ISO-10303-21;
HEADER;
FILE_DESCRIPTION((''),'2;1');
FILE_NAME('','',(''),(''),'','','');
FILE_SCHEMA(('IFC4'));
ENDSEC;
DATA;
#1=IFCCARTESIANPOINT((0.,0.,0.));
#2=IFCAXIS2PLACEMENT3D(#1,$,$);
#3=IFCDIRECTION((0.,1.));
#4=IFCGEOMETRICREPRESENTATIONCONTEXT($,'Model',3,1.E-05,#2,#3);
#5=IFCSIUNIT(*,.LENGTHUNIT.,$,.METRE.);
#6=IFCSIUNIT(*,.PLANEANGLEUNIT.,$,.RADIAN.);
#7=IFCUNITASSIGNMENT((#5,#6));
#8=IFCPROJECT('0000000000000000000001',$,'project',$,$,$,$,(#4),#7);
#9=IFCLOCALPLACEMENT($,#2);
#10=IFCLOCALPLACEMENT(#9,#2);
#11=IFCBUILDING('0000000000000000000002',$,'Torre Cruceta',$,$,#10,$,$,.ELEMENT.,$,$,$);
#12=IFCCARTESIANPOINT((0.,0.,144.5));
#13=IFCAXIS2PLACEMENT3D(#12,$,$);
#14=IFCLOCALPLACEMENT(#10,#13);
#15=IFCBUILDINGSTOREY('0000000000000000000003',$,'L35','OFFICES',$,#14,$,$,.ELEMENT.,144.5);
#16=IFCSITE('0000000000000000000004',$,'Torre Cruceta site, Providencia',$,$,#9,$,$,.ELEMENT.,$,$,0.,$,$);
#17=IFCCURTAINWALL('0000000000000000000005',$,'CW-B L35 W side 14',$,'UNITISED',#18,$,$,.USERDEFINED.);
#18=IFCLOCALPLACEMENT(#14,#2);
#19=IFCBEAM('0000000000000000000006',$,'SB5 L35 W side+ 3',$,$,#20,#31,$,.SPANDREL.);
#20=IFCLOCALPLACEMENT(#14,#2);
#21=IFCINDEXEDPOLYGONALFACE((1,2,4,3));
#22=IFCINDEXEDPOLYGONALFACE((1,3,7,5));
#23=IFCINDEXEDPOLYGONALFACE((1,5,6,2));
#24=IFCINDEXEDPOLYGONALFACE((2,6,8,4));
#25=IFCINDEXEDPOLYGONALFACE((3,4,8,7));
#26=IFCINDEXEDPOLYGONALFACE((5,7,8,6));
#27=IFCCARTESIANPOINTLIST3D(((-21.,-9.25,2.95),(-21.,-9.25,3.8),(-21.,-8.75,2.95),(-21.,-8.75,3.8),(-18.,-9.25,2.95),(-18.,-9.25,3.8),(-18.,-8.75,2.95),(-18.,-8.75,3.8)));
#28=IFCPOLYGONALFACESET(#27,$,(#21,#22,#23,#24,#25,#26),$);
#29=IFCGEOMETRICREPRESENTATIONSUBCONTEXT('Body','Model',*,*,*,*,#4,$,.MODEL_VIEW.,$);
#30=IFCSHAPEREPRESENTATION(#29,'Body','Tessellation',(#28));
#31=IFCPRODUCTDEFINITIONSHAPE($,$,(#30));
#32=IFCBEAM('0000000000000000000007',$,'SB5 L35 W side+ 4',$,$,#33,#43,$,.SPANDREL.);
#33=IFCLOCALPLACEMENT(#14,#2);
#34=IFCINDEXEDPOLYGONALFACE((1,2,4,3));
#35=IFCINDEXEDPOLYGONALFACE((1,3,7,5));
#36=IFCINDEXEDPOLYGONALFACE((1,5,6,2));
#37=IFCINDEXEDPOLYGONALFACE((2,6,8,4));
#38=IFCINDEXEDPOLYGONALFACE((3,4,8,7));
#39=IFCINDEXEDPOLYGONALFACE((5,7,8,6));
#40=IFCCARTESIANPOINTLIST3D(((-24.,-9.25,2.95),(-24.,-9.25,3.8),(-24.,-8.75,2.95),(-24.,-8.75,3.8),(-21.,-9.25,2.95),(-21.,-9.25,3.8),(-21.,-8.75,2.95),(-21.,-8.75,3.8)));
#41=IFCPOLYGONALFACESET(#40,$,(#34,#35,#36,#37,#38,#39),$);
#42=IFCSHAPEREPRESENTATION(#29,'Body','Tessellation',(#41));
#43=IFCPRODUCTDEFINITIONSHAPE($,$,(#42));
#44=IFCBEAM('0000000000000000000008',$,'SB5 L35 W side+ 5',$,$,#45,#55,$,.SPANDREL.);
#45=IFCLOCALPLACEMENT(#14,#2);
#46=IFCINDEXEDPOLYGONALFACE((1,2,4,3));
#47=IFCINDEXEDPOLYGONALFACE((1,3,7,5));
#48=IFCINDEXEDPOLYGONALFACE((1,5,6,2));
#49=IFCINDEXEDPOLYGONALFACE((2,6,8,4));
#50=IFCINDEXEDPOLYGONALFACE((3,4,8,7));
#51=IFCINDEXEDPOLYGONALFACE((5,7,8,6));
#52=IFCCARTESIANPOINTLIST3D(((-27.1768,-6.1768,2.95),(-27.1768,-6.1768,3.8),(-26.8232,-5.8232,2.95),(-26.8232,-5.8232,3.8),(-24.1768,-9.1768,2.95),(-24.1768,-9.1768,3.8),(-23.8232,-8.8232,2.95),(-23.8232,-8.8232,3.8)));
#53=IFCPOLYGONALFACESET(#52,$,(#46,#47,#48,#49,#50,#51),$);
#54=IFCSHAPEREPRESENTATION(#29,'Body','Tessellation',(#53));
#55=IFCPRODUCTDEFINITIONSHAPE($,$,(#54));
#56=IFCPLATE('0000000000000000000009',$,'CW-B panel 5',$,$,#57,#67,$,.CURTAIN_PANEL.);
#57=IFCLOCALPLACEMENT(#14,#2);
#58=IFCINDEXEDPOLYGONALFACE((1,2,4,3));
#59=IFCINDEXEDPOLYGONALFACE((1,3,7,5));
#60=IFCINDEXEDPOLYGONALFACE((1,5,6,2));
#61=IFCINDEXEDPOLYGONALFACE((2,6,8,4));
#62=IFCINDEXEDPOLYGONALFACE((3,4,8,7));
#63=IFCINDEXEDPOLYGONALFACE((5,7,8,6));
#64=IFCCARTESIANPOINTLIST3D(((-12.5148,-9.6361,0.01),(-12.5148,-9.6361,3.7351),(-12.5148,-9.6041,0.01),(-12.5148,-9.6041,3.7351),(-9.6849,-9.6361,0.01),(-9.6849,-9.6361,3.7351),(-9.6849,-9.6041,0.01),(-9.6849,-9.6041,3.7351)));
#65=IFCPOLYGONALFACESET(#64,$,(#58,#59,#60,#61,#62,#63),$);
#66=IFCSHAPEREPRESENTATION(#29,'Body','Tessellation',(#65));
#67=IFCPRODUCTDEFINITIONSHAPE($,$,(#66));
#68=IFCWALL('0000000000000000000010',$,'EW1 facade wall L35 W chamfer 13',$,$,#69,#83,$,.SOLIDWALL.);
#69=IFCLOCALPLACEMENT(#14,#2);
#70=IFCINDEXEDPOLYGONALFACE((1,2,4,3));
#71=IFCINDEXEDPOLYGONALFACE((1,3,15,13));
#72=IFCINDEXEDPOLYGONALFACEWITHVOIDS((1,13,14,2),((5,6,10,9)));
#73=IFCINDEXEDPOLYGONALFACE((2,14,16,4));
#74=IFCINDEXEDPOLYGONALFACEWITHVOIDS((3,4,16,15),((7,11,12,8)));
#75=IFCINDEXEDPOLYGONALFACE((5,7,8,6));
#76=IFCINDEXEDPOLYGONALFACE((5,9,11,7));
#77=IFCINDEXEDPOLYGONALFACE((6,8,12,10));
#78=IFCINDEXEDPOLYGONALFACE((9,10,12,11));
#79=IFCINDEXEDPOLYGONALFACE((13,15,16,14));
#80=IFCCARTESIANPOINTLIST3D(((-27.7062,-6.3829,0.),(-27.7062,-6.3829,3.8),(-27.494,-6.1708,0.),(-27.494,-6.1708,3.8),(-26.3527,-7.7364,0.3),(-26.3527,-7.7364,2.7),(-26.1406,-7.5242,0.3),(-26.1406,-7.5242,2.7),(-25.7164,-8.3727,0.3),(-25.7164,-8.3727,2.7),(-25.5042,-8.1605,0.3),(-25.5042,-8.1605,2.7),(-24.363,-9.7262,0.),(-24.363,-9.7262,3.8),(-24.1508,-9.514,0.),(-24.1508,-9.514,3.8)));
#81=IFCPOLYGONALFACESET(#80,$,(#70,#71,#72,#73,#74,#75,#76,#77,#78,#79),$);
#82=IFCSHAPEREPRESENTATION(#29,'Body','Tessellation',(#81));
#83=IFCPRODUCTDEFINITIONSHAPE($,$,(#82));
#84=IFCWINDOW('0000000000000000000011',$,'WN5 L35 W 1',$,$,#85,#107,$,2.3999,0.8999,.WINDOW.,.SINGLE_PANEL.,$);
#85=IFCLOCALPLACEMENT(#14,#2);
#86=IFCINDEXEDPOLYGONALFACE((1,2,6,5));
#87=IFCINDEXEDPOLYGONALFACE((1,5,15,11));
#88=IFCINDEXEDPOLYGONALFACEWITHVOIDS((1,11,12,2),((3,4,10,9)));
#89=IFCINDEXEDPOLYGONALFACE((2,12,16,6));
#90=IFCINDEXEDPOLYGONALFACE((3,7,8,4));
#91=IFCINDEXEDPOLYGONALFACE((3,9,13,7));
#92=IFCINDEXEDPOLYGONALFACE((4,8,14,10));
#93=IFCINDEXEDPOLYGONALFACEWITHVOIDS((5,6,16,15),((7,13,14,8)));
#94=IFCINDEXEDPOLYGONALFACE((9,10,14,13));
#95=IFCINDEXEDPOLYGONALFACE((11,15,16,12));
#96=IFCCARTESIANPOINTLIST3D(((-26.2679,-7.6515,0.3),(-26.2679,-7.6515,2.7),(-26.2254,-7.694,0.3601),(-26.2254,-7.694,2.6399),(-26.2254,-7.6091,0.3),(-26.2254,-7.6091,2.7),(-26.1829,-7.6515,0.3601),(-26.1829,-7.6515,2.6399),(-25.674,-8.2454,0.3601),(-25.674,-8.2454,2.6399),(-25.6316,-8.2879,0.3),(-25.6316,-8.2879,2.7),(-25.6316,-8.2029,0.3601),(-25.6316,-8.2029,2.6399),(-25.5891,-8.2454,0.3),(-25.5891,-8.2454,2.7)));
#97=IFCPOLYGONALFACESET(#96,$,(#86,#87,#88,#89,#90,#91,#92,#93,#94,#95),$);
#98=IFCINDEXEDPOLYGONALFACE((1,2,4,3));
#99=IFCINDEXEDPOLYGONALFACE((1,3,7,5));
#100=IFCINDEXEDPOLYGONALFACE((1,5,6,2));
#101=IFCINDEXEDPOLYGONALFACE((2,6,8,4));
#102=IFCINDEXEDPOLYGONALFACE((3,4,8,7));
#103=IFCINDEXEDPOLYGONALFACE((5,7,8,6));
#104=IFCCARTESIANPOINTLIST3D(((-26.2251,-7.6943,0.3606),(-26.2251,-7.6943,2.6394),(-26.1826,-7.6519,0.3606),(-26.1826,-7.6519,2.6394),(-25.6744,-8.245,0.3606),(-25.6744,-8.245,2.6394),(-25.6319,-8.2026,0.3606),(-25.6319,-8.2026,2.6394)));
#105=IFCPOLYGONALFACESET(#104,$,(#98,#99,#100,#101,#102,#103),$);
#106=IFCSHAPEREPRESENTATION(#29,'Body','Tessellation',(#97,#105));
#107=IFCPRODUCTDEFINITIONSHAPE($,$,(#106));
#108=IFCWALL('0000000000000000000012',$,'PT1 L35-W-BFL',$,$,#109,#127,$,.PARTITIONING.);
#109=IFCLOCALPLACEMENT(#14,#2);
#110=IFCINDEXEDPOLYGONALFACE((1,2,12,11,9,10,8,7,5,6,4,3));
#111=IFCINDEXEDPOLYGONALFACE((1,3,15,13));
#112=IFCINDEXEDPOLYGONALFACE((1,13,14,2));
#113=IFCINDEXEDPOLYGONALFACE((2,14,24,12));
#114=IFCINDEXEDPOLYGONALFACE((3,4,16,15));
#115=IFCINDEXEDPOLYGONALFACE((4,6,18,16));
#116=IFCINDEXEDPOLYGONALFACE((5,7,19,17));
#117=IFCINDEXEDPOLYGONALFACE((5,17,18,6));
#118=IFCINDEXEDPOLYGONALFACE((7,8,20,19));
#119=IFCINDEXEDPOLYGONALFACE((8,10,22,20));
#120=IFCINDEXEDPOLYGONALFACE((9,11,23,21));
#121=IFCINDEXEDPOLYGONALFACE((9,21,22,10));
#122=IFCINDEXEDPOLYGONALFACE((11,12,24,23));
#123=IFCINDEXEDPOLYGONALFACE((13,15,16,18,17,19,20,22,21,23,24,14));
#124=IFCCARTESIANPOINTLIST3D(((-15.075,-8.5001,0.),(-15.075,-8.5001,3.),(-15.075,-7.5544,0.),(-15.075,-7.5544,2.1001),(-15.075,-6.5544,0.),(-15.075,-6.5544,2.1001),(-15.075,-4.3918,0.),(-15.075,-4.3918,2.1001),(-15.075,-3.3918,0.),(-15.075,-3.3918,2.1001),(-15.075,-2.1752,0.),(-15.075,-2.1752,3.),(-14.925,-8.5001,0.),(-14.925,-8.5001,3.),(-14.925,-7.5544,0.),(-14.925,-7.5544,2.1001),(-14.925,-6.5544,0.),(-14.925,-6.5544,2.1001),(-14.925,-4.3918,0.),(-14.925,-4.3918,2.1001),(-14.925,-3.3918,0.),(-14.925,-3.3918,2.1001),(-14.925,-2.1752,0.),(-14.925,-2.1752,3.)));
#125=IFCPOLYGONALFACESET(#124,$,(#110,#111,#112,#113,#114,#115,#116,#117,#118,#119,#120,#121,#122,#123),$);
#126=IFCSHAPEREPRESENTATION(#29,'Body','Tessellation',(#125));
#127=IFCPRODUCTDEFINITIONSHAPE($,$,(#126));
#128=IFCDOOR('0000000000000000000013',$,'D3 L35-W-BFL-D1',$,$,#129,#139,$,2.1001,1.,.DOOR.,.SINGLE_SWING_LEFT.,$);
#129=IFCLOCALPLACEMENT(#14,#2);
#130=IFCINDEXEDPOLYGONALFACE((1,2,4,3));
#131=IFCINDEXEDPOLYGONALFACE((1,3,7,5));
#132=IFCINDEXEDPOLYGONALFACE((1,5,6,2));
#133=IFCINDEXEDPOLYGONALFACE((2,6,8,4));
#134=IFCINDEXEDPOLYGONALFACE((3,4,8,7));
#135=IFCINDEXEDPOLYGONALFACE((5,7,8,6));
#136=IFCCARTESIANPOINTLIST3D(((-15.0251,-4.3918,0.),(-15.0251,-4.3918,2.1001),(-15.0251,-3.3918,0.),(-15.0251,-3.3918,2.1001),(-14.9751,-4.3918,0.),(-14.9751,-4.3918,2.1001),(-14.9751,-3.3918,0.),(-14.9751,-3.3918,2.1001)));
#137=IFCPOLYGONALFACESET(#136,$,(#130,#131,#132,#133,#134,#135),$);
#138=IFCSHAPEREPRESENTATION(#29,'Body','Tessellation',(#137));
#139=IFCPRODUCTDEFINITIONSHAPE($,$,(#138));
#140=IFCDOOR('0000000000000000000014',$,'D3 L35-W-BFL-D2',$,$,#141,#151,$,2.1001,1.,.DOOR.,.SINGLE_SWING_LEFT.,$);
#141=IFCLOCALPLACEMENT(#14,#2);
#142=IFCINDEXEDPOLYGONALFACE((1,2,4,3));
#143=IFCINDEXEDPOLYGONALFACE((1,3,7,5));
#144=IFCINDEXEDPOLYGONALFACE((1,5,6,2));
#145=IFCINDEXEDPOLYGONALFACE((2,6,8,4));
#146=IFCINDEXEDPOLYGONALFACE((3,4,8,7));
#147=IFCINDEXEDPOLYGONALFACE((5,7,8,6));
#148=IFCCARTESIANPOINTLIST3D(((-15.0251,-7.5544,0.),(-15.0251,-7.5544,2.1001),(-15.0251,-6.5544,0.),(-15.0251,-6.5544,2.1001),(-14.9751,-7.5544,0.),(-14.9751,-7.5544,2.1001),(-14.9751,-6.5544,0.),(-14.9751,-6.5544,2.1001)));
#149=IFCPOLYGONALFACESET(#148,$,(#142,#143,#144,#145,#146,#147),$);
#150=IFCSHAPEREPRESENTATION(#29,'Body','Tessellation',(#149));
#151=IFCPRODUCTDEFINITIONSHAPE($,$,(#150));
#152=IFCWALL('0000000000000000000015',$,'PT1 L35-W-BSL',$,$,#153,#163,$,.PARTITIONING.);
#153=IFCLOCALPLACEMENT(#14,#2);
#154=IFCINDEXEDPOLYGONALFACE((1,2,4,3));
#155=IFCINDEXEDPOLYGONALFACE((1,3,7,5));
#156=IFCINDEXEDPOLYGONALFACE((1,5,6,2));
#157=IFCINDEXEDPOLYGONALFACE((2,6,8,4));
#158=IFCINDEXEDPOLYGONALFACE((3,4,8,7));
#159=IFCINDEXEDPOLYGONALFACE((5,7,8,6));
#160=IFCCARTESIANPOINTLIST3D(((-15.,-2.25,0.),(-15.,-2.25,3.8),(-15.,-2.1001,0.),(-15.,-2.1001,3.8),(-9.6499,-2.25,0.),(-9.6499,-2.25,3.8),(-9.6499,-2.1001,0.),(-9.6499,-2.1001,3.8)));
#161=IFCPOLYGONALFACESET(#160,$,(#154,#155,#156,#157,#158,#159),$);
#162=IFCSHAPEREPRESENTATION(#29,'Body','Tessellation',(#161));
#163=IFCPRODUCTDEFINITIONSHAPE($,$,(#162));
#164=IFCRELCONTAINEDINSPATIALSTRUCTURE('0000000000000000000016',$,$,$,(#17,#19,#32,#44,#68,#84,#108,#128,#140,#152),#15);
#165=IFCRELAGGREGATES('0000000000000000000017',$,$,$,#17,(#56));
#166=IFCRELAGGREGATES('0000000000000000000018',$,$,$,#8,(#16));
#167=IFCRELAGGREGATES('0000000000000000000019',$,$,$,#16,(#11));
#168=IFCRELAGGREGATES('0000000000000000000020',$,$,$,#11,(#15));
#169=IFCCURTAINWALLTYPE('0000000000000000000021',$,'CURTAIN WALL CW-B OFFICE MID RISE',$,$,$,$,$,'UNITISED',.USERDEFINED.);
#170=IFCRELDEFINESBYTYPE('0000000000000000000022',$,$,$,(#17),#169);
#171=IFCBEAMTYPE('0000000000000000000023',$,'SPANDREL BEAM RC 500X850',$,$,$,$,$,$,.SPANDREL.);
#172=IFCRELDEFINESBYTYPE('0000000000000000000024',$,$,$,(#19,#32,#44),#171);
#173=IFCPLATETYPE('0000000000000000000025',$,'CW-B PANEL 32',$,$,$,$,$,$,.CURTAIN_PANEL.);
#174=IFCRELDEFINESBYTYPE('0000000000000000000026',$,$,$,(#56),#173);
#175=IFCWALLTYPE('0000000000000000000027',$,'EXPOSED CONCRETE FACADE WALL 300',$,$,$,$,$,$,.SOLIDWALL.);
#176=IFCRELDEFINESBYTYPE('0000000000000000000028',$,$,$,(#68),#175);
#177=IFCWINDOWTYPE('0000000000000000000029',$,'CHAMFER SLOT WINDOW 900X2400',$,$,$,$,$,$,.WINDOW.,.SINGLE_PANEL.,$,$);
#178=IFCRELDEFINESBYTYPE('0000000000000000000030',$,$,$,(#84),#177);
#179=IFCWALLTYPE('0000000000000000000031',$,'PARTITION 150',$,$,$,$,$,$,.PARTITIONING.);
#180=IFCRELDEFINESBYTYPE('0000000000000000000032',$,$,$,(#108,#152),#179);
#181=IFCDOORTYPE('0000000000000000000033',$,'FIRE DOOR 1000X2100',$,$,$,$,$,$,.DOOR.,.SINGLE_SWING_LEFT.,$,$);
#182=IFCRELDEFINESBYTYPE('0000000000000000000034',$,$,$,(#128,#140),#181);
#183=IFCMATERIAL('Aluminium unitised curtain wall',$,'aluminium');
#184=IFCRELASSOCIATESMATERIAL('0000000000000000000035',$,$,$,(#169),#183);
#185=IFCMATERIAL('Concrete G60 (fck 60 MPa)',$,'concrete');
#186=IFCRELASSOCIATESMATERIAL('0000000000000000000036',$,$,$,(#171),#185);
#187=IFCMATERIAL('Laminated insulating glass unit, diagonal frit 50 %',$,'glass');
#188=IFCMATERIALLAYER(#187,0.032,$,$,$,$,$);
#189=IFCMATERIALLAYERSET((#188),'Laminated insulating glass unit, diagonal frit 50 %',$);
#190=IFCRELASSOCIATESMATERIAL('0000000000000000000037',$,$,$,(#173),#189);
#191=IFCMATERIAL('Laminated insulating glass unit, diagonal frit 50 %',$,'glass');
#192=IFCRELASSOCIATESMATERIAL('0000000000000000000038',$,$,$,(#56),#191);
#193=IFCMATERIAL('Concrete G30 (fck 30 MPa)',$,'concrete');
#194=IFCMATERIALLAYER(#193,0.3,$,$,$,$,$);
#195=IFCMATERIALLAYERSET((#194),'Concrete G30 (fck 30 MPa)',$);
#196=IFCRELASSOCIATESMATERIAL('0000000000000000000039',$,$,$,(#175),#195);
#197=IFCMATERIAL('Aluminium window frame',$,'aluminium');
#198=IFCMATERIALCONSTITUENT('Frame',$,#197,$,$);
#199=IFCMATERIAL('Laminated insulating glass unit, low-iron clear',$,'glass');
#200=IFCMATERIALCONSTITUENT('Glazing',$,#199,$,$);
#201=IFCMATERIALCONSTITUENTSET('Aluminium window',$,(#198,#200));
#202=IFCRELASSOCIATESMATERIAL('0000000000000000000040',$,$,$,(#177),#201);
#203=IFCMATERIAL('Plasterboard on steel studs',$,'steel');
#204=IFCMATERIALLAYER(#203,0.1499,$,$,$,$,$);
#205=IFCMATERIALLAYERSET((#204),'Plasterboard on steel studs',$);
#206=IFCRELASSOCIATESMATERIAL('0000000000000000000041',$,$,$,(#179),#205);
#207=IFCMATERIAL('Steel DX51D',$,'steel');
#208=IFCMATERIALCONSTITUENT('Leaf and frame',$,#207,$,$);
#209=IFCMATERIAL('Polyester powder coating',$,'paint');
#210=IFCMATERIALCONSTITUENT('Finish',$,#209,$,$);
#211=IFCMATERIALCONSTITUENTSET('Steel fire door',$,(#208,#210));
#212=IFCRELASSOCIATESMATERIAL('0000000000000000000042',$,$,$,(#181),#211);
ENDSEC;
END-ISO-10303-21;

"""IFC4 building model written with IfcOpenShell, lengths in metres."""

from ifc_helpers import new_model, si_unit, direction, frame, frame_2d, origin, origin_2d, place, context, subcontext, project, spatial, rectangle, hollow_rectangle, extrude, material, layer, layer_set, constituent, constituent_set, material_profile, profile_set, type_object, element, fill, aggregate, save


model = new_model("IFC4")

# Units and contexts
model_context = context("Model", 3, precision=1e-05, world=origin(), true_north=direction((0.0, 1.0)))
body_context = subcontext(model_context, "Body", "Model", "MODEL_VIEW")
ifc_project = project(units=[si_unit("LENGTHUNIT", "METRE"), si_unit("PLANEANGLEUNIT", "RADIAN")], contexts=[model_context])

# Site, building, storey
site_placement = place(None, origin())
site = spatial("IfcSite", under=ifc_project, at=site_placement, Name="Torre Cruceta site, Providencia", CompositionType="ELEMENT", RefElevation=0.0)
building_placement = place(site_placement, origin())
building = spatial("IfcBuilding", under=site, at=building_placement, Name="Torre Cruceta", CompositionType="ELEMENT")
storey_placement = place(building_placement, frame((0.0, 0.0, 144.5)))
storey = spatial("IfcBuildingStorey", under=building, at=storey_placement, Name="L35", Description="OFFICES", CompositionType="ELEMENT", Elevation=144.5)

# Curtain wall
ifc_material_1 = material(Name="Aluminium unitised curtain wall", Category="aluminium")
curtain_wall_type = type_object("IfcCurtainWallType", Name="CURTAIN WALL CW-B OFFICE MID RISE", ElementType="UNITISED", PredefinedType="USERDEFINED", material=ifc_material_1)
curtain_wall_placement = place(storey_placement, origin())
curtain_wall = element("IfcCurtainWall", 1, at=curtain_wall_placement, inside=storey, type_object=curtain_wall_type, Name="CW-B L35 W side 14", ObjectType="UNITISED", PredefinedType="USERDEFINED")

# Beams
ifc_material_2 = material(Name="Concrete G60 (fck 60 MPa)", Category="concrete")
ifc_material_profile_1 = material_profile(ifc_material_2, rectangle(XDim=0.5, YDim=0.8501, at=origin_2d()), Name="RC 500X850")
ifc_profile_set_1 = profile_set([ifc_material_profile_1], Name="Concrete G60 (fck 60 MPa)")
beam_type_1 = type_object("IfcBeamType", Name="SPANDREL BEAM RC 500X850", PredefinedType="SPANDREL", material=ifc_profile_set_1)
for number, where, z_axis, x_axis, name in (
    (2, (-18.0, -9.0, 3.375), (-1.0, 0.0, 0.0), (0.0, -1.0, 0.0), "SB5 L35 W side+ 3"),
    (3, (-21.0, -9.0, 3.375), (-1.0, 0.0, 0.0), (0.0, -1.0, 0.0), "SB5 L35 W side+ 4"),
):
    element("IfcBeam", number, at=place(storey_placement, frame(where, z_axis=z_axis, x_axis=x_axis)), inside=storey, type_object=beam_type_1, Name=name, PredefinedType="SPANDREL", context=body_context, shape_type="SweptSolid", body=[
        extrude(rectangle(XDim=0.5, YDim=0.8501, at=origin_2d()), origin(), (0.0, 0.0, 1.0), 3.0),
    ])
beam_1_placement = place(storey_placement, frame((-24.0, -9.0, 3.375), z_axis=(-0.707107, 0.707107, 0.0), x_axis=(-0.707107, -0.707107, 0.0)))
element("IfcBeam", 4, at=beam_1_placement, inside=storey, type_object=beam_type_1, Name="SB5 L35 W side+ 5", PredefinedType="SPANDREL", context=body_context, shape_type="SweptSolid", body=[
    extrude(rectangle(XDim=0.5, YDim=0.8501, at=origin_2d()), origin(), (0.0, 0.0, 1.0), 4.2427),
])

# Plate
ifc_material_3 = material(Name="Laminated insulating glass unit, diagonal frit 50 %", Category="glass")
ifc_material_4 = material(Name="Laminated insulating glass unit, diagonal frit 50 %", Category="glass")
ifc_layer_1 = layer(ifc_material_4, 0.032)
ifc_layer_set_1 = layer_set([ifc_layer_1], Name="Laminated insulating glass unit, diagonal frit 50 %")
plate_type = type_object("IfcPlateType", Name="CW-B PANEL 32", PredefinedType="CURTAIN_PANEL", material=ifc_layer_set_1)
plate_placement = place(storey_placement, frame((-11.0999, -9.6201, 0.01), z_axis=(0.0, 0.0, 1.0), x_axis=(1.0, 0.0, 0.0)))
plate = element("IfcPlate", 5, at=plate_placement, type_object=plate_type, material=ifc_material_3, Name="CW-B panel 5", PredefinedType="CURTAIN_PANEL", context=body_context, shape_type="SweptSolid", body=[
    extrude(rectangle(XDim=2.8298, YDim=0.032, at=origin_2d()), origin(), (0.0, 0.0, 1.0), 3.7251),
])
aggregate(curtain_wall, [plate])

# Wall, opening, window
ifc_material_5 = material(Name="Concrete G30 (fck 30 MPa)", Category="concrete")
ifc_layer_2 = layer(ifc_material_5, 0.3)
ifc_layer_set_2 = layer_set([ifc_layer_2], Name="Concrete G30 (fck 30 MPa)")
wall_type_1 = type_object("IfcWallType", Name="EXPOSED CONCRETE FACADE WALL 300", PredefinedType="SOLIDWALL", material=ifc_layer_set_2)
wall_1_placement = place(storey_placement, frame((-27.6001, -6.2769, 0.0), z_axis=(0.0, 0.0, 1.0), x_axis=(0.707107, -0.707107, 0.0)))
wall_1 = element("IfcWall", 6, at=wall_1_placement, inside=storey, type_object=wall_type_1, Name="EW1 facade wall L35 W chamfer 13", PredefinedType="SOLIDWALL", context=body_context, shape_type="SweptSolid", body=[
    extrude(rectangle(XDim=4.728, YDim=0.3, at=frame_2d((2.364, 0.0))), origin(), (0.0, 0.0, 1.0), 3.8),
])
opening_1_placement = place(wall_1_placement, frame((1.9141, 0.0, 0.3)))
opening_1 = element("IfcOpeningElement", 7, at=opening_1_placement, cuts=wall_1, PredefinedType="OPENING", context=body_context, shape_type="SweptSolid", body=[
    extrude(rectangle(XDim=0.8999, YDim=2.3999, at=frame_2d((0.45, 1.2))), frame((0.0, 0.1599, 0.0), z_axis=(0.0, -1.0, 0.0), x_axis=(1.0, 0.0, 0.0)), (0.0, 0.0, 1.0), 0.3201),
])
ifc_material_6 = material(Name="Aluminium window frame", Category="aluminium")
ifc_constituent_1 = constituent(ifc_material_6, Name="Frame")
ifc_material_7 = material(Name="Laminated insulating glass unit, low-iron clear", Category="glass")
ifc_constituent_2 = constituent(ifc_material_7, Name="Glazing")
ifc_constituent_set_1 = constituent_set(constituents=[ifc_constituent_1, ifc_constituent_2], Name="Aluminium window")
window_type = type_object("IfcWindowType", Name="CHAMFER SLOT WINDOW 900X2400", PartitioningType="SINGLE_PANEL", PredefinedType="WINDOW", material=ifc_constituent_set_1)
window_placement = place(opening_1_placement, origin())
window = element("IfcWindow", 8, at=window_placement, inside=storey, type_object=window_type, Name="WN5 L35 W 1", OverallHeight=2.3999, OverallWidth=0.8999, PartitioningType="SINGLE_PANEL", PredefinedType="WINDOW", context=body_context, shape_type="SweptSolid", body=[
    extrude(hollow_rectangle(XDim=0.8999, YDim=2.3999, WallThickness=0.0601, at=frame_2d((0.45, 1.2))), frame((0.0, 0.03, 0.0), z_axis=(0.0, -1.0, 0.0), x_axis=(1.0, 0.0, 0.0)), (0.0, 0.0, 1.0), 0.0601),
    extrude(rectangle(XDim=0.7788, YDim=2.2788, at=frame_2d((0.45, 1.2))), frame((0.0, 0.03, 0.0), z_axis=(0.0, -1.0, 0.0), x_axis=(1.0, 0.0, 0.0)), (0.0, 0.0, 1.0), 0.0601),
])
fill(opening_1, window)

# Wall, openings, doors
ifc_material_8 = material(Name="Plasterboard on steel studs", Category="steel")
ifc_layer_3 = layer(ifc_material_8, 0.1499)
ifc_layer_set_3 = layer_set([ifc_layer_3], Name="Plasterboard on steel studs")
wall_type_2 = type_object("IfcWallType", Name="PARTITION 150", PredefinedType="PARTITIONING", material=ifc_layer_set_3)
wall_2_placement = place(storey_placement, frame((-15.0, -2.175, 0.0), z_axis=(0.0, 0.0, 1.0), x_axis=(0.0, -1.0, 0.0)))
wall_2 = element("IfcWall", 9, at=wall_2_placement, inside=storey, type_object=wall_type_2, Name="PT1 L35-W-BFL", PredefinedType="PARTITIONING", context=body_context, shape_type="SweptSolid", body=[
    extrude(rectangle(XDim=6.325, YDim=0.1499, at=frame_2d((3.1626, 0.0))), origin(), (0.0, 0.0, 1.0), 3.0),
])
opening_2_placement = place(wall_2_placement, frame((1.2168, 0.0, 0.0)))
opening_2 = element("IfcOpeningElement", 10, at=opening_2_placement, cuts=wall_2, PredefinedType="OPENING", context=body_context, shape_type="SweptSolid", body=[
    extrude(rectangle(XDim=1.0, YDim=2.1001, at=frame_2d((0.5, 1.05))), frame((0.0, 0.085, 0.0), z_axis=(0.0, -1.0, 0.0), x_axis=(1.0, 0.0, 0.0)), (0.0, 0.0, 1.0), 0.1699),
])
opening_3_placement = place(wall_2_placement, frame((4.3794, 0.0, 0.0)))
opening_3 = element("IfcOpeningElement", 11, at=opening_3_placement, cuts=wall_2, PredefinedType="OPENING", context=body_context, shape_type="SweptSolid", body=[
    extrude(rectangle(XDim=1.0, YDim=2.1001, at=frame_2d((0.5, 1.05))), frame((0.0, 0.085, 0.0), z_axis=(0.0, -1.0, 0.0), x_axis=(1.0, 0.0, 0.0)), (0.0, 0.0, 1.0), 0.1699),
])
ifc_material_9 = material(Name="Steel DX51D", Category="steel")
ifc_constituent_3 = constituent(ifc_material_9, Name="Leaf and frame")
ifc_material_10 = material(Name="Polyester powder coating", Category="paint")
ifc_constituent_4 = constituent(ifc_material_10, Name="Finish")
ifc_constituent_set_2 = constituent_set(constituents=[ifc_constituent_3, ifc_constituent_4], Name="Steel fire door")
door_type = type_object("IfcDoorType", Name="FIRE DOOR 1000X2100", OperationType="SINGLE_SWING_LEFT", PredefinedType="DOOR", material=ifc_constituent_set_2)
door_1_placement = place(opening_2_placement, origin())
door_1 = element("IfcDoor", 12, at=door_1_placement, inside=storey, type_object=door_type, Name="D3 L35-W-BFL-D1", OperationType="SINGLE_SWING_LEFT", OverallHeight=2.1001, OverallWidth=1.0, PredefinedType="DOOR", context=body_context, shape_type="SweptSolid", body=[
    extrude(rectangle(XDim=1.0, YDim=2.1001, at=frame_2d((0.5, 1.05))), frame((0.0, 0.0249, 0.0), z_axis=(0.0, -1.0, 0.0), x_axis=(1.0, 0.0, 0.0)), (0.0, 0.0, 1.0), 0.05),
])
fill(opening_2, door_1)
door_2_placement = place(opening_3_placement, origin())
door_2 = element("IfcDoor", 13, at=door_2_placement, inside=storey, type_object=door_type, Name="D3 L35-W-BFL-D2", OperationType="SINGLE_SWING_LEFT", OverallHeight=2.1001, OverallWidth=1.0, PredefinedType="DOOR", context=body_context, shape_type="SweptSolid", body=[
    extrude(rectangle(XDim=1.0, YDim=2.1001, at=frame_2d((0.5, 1.05))), frame((0.0, 0.0249, 0.0), z_axis=(0.0, -1.0, 0.0), x_axis=(1.0, 0.0, 0.0)), (0.0, 0.0, 1.0), 0.05),
])
fill(opening_3, door_2)

# Wall
wall_3_placement = place(storey_placement, frame((-9.6499, -2.175, 0.0), z_axis=(0.0, 0.0, 1.0), x_axis=(-1.0, 0.0, 0.0)))
element("IfcWall", 14, at=wall_3_placement, inside=storey, type_object=wall_type_2, Name="PT1 L35-W-BSL", PredefinedType="PARTITIONING", context=body_context, shape_type="SweptSolid", body=[
    extrude(rectangle(XDim=5.3501, YDim=0.1499, at=frame_2d((2.675, 0.0))), origin(), (0.0, 0.0, 1.0), 3.8),
])

save(model, "model.ifc")
